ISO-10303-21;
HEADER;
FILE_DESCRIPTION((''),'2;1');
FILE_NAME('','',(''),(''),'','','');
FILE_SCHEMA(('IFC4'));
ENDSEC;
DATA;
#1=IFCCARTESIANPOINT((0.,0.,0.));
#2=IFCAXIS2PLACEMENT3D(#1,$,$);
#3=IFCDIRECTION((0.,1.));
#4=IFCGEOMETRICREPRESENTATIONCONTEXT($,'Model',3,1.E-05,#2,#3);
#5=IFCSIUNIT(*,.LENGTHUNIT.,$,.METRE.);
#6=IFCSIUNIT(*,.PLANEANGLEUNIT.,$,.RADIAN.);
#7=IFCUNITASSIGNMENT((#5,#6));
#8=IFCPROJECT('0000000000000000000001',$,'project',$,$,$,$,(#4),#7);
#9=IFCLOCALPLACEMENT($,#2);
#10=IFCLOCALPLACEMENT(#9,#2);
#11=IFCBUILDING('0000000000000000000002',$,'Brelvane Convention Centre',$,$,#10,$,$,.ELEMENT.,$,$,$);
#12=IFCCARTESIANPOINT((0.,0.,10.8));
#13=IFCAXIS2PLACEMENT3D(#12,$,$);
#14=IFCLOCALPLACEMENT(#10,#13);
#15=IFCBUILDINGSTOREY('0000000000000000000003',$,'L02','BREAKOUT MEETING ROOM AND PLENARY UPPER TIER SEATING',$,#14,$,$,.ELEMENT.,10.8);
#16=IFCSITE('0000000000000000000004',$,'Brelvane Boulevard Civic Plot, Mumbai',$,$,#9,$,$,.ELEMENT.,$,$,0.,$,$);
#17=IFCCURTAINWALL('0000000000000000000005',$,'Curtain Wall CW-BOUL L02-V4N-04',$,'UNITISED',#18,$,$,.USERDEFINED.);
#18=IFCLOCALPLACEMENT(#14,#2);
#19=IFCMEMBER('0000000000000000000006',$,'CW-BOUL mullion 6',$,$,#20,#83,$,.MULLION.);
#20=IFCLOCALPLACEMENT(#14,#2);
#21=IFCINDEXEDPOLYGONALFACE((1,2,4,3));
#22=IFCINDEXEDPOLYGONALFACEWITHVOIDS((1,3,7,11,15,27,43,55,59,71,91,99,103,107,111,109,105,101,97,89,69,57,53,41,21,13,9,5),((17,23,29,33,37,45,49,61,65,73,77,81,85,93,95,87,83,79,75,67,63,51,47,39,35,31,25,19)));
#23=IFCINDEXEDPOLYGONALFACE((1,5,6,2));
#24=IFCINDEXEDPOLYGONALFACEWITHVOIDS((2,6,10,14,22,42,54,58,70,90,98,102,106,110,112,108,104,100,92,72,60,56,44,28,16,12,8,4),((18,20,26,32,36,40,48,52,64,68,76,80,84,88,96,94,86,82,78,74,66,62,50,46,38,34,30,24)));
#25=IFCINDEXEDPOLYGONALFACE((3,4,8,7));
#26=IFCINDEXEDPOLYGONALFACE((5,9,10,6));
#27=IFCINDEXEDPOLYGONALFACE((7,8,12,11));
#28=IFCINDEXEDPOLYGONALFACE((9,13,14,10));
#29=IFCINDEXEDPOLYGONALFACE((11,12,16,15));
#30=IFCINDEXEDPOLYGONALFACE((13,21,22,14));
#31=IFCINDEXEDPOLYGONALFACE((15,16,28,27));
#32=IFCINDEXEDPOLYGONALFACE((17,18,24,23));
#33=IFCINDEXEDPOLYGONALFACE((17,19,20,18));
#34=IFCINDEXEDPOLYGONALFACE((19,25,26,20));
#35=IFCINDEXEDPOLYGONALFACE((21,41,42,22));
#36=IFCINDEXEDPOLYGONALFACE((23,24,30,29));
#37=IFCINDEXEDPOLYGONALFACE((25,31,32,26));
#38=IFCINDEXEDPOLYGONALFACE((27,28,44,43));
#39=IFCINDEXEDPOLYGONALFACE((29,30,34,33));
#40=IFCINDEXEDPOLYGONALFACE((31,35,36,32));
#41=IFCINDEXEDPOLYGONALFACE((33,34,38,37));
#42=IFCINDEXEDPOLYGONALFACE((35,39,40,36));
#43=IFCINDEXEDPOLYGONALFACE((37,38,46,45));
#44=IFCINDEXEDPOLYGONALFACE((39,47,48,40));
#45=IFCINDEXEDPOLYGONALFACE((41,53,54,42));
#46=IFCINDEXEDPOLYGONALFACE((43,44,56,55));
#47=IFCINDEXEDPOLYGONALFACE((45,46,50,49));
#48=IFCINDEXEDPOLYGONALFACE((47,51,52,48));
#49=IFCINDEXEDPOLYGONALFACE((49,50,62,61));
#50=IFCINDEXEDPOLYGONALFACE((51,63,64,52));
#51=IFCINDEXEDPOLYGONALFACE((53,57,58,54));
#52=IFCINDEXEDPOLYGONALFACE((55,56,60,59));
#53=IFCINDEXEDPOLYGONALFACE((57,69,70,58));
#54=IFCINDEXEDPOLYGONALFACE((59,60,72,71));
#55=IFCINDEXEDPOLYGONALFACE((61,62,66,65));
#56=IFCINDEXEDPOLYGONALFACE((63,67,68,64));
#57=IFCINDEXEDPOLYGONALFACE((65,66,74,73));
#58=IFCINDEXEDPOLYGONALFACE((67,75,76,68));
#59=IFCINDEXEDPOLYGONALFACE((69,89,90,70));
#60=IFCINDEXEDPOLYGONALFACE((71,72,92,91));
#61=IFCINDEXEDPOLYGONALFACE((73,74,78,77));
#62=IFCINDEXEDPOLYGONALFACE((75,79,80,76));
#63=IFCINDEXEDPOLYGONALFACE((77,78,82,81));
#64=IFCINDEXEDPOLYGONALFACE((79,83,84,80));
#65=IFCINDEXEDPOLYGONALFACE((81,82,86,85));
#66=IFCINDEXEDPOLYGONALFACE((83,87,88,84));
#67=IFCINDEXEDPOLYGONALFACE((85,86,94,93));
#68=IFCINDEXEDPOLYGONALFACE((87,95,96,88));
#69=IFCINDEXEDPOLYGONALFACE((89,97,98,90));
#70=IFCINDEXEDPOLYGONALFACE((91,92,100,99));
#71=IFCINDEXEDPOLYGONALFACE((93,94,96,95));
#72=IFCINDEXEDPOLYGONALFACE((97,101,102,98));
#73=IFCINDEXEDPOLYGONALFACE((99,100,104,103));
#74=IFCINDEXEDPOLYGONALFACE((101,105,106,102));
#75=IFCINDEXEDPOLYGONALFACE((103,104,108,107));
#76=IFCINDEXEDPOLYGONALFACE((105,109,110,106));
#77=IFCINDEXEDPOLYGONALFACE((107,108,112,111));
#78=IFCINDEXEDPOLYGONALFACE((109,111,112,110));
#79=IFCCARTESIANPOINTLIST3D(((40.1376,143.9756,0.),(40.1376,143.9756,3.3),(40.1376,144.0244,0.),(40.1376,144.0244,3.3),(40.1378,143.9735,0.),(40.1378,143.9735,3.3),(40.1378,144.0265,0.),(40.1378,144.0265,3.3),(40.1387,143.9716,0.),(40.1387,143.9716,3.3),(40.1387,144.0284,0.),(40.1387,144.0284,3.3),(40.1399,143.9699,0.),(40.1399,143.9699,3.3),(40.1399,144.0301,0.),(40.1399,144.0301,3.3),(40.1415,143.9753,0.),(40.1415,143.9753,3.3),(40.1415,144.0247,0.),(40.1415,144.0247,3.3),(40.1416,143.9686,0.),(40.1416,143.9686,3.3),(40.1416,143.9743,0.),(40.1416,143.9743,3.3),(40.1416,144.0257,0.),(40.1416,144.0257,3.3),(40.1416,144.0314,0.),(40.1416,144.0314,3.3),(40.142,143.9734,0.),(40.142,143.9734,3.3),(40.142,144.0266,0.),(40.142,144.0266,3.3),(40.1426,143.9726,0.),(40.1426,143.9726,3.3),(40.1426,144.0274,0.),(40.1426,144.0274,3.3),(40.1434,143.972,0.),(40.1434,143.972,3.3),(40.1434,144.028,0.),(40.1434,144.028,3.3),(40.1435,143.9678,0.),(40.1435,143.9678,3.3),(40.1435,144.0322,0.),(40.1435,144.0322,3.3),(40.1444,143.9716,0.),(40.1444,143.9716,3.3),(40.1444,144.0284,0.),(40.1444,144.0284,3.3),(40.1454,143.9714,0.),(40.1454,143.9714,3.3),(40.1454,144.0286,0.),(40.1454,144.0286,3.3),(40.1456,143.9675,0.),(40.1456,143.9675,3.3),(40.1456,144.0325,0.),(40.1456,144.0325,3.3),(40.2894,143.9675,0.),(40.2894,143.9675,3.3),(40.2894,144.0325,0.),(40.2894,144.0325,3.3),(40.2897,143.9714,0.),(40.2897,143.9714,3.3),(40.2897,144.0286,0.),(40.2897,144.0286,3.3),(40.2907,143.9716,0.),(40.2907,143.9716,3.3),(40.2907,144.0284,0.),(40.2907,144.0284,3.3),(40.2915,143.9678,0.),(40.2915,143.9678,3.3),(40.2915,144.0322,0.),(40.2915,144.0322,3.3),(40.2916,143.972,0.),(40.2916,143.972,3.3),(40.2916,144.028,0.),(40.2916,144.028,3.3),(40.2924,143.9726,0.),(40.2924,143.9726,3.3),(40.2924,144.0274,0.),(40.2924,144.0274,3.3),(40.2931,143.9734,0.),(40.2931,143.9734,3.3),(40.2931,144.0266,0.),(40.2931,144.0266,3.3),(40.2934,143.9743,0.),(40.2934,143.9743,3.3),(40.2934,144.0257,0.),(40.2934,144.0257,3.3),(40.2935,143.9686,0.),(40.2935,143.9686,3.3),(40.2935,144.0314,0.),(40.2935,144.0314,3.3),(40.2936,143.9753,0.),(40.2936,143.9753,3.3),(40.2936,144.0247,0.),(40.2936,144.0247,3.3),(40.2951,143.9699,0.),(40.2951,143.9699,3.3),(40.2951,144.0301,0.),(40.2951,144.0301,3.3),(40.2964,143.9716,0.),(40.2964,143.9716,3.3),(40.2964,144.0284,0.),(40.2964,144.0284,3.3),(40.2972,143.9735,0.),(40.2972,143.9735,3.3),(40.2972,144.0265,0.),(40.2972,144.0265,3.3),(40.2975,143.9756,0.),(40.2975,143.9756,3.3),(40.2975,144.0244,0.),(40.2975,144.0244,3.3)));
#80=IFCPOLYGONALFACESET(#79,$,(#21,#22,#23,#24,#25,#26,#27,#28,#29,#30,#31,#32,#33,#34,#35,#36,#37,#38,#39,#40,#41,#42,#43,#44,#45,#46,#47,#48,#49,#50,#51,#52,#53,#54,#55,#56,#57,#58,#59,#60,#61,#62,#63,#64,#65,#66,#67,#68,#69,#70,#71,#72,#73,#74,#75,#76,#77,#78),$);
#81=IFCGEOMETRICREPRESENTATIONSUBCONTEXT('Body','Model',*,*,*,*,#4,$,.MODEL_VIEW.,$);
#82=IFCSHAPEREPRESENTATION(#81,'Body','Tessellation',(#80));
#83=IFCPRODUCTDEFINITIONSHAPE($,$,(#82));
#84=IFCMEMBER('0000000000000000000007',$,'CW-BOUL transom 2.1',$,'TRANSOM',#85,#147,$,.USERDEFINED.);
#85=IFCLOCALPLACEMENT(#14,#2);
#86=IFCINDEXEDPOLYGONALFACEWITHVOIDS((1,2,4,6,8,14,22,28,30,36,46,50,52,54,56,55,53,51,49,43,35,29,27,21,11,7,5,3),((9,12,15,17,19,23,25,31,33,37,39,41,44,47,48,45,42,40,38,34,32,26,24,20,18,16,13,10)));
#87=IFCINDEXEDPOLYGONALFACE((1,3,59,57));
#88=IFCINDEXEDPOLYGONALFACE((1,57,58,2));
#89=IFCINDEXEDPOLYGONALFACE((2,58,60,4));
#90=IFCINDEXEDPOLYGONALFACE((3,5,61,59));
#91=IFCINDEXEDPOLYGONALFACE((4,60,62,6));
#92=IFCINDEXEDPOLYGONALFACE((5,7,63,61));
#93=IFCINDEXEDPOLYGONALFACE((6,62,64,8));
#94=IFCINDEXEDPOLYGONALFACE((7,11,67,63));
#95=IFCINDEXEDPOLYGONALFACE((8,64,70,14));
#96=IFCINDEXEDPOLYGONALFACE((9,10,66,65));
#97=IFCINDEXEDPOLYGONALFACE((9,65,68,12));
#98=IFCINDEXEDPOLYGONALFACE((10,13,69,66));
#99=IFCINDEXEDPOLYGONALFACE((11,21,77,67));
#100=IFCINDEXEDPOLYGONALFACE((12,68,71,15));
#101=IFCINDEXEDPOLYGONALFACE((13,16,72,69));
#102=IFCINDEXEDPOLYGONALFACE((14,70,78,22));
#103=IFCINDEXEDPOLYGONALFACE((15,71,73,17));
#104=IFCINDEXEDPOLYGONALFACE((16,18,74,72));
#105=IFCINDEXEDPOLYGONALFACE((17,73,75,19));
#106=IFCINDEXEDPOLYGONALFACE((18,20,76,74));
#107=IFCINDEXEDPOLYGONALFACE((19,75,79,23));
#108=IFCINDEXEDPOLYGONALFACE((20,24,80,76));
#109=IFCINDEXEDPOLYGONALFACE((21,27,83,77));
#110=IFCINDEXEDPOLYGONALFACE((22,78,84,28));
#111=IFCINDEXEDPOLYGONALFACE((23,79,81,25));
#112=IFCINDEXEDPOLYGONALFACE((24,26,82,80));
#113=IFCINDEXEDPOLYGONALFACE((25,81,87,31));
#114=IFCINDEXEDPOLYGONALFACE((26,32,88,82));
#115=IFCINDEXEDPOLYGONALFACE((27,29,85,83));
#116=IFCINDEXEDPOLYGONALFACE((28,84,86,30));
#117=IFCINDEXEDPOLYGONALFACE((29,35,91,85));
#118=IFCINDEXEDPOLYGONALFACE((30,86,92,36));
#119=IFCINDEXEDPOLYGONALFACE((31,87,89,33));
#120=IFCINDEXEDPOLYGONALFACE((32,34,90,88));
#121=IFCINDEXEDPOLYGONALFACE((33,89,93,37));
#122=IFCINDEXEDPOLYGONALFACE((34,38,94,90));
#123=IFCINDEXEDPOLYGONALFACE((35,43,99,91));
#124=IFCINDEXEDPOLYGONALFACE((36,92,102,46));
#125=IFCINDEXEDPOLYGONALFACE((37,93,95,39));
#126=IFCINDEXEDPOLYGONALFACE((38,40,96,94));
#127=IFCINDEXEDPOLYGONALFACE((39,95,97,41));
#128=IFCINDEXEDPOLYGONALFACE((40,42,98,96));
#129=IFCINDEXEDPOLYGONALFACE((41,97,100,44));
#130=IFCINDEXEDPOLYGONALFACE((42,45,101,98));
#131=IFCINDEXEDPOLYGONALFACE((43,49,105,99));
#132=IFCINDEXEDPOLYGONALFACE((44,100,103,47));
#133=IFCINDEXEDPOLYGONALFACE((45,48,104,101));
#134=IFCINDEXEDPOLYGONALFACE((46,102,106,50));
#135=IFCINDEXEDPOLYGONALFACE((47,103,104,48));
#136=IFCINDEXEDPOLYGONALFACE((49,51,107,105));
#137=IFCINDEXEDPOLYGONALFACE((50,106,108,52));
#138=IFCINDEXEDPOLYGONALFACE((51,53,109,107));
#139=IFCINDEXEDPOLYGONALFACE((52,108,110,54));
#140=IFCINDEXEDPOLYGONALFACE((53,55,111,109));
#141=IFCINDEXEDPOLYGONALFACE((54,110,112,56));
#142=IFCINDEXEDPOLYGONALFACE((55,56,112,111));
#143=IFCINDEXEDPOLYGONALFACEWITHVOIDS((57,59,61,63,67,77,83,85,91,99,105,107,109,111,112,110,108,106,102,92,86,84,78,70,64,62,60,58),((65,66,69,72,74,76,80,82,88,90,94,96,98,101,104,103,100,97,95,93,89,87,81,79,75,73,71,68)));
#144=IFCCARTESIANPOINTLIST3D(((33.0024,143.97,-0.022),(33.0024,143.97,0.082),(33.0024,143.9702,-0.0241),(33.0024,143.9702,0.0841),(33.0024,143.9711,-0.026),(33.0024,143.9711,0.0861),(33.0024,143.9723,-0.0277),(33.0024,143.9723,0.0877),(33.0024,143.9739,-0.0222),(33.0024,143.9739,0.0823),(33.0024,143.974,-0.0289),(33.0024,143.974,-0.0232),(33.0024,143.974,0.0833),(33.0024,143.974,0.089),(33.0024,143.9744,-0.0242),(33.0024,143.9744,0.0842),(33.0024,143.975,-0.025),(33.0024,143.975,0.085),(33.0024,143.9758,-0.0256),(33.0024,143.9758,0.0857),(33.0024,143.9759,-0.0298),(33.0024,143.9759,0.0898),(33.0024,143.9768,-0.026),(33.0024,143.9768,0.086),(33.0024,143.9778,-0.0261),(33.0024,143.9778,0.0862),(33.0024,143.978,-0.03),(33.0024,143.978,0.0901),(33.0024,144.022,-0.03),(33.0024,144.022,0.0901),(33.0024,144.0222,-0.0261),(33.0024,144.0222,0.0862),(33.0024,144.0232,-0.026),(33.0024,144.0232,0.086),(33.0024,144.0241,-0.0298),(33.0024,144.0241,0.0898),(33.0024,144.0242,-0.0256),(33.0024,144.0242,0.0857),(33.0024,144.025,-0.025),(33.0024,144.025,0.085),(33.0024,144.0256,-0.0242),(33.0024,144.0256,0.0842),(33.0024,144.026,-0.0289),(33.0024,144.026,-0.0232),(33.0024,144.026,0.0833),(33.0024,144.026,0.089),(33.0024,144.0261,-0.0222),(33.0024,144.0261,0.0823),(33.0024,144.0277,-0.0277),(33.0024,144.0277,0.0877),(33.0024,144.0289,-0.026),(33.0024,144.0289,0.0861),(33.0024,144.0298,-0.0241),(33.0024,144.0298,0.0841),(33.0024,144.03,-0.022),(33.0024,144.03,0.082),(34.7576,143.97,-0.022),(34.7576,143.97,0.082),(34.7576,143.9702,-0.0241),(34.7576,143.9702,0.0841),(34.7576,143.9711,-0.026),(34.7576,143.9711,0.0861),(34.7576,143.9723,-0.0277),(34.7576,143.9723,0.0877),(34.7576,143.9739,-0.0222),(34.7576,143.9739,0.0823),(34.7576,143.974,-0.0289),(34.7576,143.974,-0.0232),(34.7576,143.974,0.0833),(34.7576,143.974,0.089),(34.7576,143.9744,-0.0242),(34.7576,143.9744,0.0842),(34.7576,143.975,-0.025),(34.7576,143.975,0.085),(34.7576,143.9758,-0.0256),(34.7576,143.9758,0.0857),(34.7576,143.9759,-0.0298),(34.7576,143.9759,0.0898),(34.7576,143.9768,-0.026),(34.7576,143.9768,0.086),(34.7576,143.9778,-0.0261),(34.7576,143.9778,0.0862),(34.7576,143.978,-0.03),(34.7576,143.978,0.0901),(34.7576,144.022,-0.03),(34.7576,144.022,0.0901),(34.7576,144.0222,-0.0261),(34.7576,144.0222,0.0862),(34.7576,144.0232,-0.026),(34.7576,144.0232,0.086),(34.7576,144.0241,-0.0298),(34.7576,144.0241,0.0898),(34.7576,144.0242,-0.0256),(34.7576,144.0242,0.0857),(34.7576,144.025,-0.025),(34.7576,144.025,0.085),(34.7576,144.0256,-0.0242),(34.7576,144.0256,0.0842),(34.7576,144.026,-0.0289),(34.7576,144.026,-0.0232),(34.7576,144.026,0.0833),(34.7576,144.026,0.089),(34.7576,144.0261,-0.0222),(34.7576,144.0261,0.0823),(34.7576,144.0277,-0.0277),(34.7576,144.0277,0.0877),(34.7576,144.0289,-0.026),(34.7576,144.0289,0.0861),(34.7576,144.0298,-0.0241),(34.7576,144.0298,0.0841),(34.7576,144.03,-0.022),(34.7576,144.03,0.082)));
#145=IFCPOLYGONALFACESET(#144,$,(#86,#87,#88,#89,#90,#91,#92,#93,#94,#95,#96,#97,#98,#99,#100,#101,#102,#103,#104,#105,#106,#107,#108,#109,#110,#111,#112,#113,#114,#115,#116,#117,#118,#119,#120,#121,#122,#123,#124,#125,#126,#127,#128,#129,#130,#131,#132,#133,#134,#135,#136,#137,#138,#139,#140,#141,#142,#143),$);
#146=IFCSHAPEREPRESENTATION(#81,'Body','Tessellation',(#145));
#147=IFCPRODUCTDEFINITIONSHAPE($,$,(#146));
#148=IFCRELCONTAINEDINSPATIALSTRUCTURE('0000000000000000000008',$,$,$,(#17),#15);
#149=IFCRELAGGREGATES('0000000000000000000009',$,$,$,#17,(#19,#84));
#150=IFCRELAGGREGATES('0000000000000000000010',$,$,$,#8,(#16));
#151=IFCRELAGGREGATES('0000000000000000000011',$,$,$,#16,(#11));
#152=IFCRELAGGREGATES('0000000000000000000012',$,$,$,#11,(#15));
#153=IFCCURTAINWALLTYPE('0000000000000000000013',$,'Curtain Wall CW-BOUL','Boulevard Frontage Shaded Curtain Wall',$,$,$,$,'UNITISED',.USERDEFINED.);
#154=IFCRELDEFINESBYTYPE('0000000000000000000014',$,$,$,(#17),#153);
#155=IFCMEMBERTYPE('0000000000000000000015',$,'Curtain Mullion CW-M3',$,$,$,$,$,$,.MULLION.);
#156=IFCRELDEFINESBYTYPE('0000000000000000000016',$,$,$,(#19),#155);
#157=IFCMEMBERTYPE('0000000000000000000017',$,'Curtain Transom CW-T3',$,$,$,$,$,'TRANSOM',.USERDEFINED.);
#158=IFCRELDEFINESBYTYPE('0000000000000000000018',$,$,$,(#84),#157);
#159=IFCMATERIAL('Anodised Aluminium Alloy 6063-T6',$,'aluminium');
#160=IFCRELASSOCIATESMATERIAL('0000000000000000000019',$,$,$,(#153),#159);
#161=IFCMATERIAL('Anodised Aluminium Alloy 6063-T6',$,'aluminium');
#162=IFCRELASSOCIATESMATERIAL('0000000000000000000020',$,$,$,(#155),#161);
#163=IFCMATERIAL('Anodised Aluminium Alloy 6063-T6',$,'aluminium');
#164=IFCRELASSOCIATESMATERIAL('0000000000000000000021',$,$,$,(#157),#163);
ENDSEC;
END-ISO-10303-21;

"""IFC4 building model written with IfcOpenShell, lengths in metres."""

from ifc_helpers import new_model, si_unit, direction, frame, origin, origin_2d, place, context, subcontext, project, spatial, hollow_rectangle, extrude, material, material_profile, profile_set, type_object, element, aggregate, save


model = new_model("IFC4")

# Units and contexts
model_context = context("Model", 3, precision=1e-05, world=origin(), true_north=direction((0.0, 1.0)))
body_context = subcontext(model_context, "Body", "Model", "MODEL_VIEW")
ifc_project = project(units=[si_unit("LENGTHUNIT", "METRE"), si_unit("PLANEANGLEUNIT", "RADIAN")], contexts=[model_context])

# Site, building, storey
site_placement = place(None, origin())
site = spatial("IfcSite", under=ifc_project, at=site_placement, Name="Brelvane Boulevard Civic Plot, Mumbai", CompositionType="ELEMENT", RefElevation=0.0)
building_placement = place(site_placement, origin())
building = spatial("IfcBuilding", under=site, at=building_placement, Name="Brelvane Convention Centre", CompositionType="ELEMENT")
storey_placement = place(building_placement, frame((0.0, 0.0, 10.8)))
storey = spatial("IfcBuildingStorey", under=building, at=storey_placement, Name="L02", Description="BREAKOUT MEETING ROOM AND PLENARY UPPER TIER SEATING", CompositionType="ELEMENT", Elevation=10.8)

# Curtain wall, members
ifc_material_1 = material(Name="Anodised Aluminium Alloy 6063-T6", Category="aluminium")
curtain_wall_type = type_object("IfcCurtainWallType", Name="Curtain Wall CW-BOUL", Description="Boulevard Frontage Shaded Curtain Wall", ElementType="UNITISED", PredefinedType="USERDEFINED", material=ifc_material_1)
curtain_wall_placement = place(storey_placement, origin())
curtain_wall = element("IfcCurtainWall", 1, at=curtain_wall_placement, inside=storey, type_object=curtain_wall_type, Name="Curtain Wall CW-BOUL L02-V4N-04", ObjectType="UNITISED", PredefinedType="USERDEFINED")
ifc_material_2 = material(Name="Anodised Aluminium Alloy 6063-T6", Category="aluminium")
ifc_material_profile_1 = material_profile(ifc_material_2, hollow_rectangle(XDim=0.0649, YDim=0.1599, WallThickness=0.0039, InnerFilletRadius=0.0039, OuterFilletRadius=0.0081, at=origin_2d()), Name="ALU-M 160x65x4.0")
ifc_profile_set_1 = profile_set([ifc_material_profile_1], Name="Anodised Aluminium Alloy 6063-T6")
member_type_1 = type_object("IfcMemberType", Name="Curtain Mullion CW-M3", PredefinedType="MULLION", material=ifc_profile_set_1)
member_1_placement = place(storey_placement, frame((40.2175, 144.0, 0.0), z_axis=(0.0, 0.0, 1.0), x_axis=(0.0, 1.0, 0.0)))
member_1 = element("IfcMember", 2, at=member_1_placement, type_object=member_type_1, Name="CW-BOUL mullion 6", PredefinedType="MULLION", context=body_context, shape_type="SweptSolid", body=[
    extrude(hollow_rectangle(XDim=0.0649, YDim=0.1599, WallThickness=0.0039, InnerFilletRadius=0.0039, OuterFilletRadius=0.0081, at=origin_2d()), origin(), (0.0, 0.0, 1.0), 3.3),
])
ifc_material_3 = material(Name="Anodised Aluminium Alloy 6063-T6", Category="aluminium")
ifc_material_profile_2 = material_profile(ifc_material_3, hollow_rectangle(XDim=0.0601, YDim=0.1201, WallThickness=0.0039, InnerFilletRadius=0.0039, OuterFilletRadius=0.0081, at=origin_2d()), Name="ALU-T 120x60x4.0")
ifc_profile_set_2 = profile_set([ifc_material_profile_2], Name="Anodised Aluminium Alloy 6063-T6")
member_type_2 = type_object("IfcMemberType", Name="Curtain Transom CW-T3", ElementType="TRANSOM", PredefinedType="USERDEFINED", material=ifc_profile_set_2)
member_2_placement = place(storey_placement, frame((33.0024, 144.0, 0.03), z_axis=(1.0, 0.0, 0.0), x_axis=(0.0, 1.0, 0.0)))
member_2 = element("IfcMember", 3, at=member_2_placement, type_object=member_type_2, Name="CW-BOUL transom 2.1", ObjectType="TRANSOM", PredefinedType="USERDEFINED", context=body_context, shape_type="SweptSolid", body=[
    extrude(hollow_rectangle(XDim=0.0601, YDim=0.1201, WallThickness=0.0039, InnerFilletRadius=0.0039, OuterFilletRadius=0.0081, at=origin_2d()), origin(), (0.0, 0.0, 1.0), 1.7551),
])

aggregate(curtain_wall, [member_1, member_2])

save(model, "model.ifc")
